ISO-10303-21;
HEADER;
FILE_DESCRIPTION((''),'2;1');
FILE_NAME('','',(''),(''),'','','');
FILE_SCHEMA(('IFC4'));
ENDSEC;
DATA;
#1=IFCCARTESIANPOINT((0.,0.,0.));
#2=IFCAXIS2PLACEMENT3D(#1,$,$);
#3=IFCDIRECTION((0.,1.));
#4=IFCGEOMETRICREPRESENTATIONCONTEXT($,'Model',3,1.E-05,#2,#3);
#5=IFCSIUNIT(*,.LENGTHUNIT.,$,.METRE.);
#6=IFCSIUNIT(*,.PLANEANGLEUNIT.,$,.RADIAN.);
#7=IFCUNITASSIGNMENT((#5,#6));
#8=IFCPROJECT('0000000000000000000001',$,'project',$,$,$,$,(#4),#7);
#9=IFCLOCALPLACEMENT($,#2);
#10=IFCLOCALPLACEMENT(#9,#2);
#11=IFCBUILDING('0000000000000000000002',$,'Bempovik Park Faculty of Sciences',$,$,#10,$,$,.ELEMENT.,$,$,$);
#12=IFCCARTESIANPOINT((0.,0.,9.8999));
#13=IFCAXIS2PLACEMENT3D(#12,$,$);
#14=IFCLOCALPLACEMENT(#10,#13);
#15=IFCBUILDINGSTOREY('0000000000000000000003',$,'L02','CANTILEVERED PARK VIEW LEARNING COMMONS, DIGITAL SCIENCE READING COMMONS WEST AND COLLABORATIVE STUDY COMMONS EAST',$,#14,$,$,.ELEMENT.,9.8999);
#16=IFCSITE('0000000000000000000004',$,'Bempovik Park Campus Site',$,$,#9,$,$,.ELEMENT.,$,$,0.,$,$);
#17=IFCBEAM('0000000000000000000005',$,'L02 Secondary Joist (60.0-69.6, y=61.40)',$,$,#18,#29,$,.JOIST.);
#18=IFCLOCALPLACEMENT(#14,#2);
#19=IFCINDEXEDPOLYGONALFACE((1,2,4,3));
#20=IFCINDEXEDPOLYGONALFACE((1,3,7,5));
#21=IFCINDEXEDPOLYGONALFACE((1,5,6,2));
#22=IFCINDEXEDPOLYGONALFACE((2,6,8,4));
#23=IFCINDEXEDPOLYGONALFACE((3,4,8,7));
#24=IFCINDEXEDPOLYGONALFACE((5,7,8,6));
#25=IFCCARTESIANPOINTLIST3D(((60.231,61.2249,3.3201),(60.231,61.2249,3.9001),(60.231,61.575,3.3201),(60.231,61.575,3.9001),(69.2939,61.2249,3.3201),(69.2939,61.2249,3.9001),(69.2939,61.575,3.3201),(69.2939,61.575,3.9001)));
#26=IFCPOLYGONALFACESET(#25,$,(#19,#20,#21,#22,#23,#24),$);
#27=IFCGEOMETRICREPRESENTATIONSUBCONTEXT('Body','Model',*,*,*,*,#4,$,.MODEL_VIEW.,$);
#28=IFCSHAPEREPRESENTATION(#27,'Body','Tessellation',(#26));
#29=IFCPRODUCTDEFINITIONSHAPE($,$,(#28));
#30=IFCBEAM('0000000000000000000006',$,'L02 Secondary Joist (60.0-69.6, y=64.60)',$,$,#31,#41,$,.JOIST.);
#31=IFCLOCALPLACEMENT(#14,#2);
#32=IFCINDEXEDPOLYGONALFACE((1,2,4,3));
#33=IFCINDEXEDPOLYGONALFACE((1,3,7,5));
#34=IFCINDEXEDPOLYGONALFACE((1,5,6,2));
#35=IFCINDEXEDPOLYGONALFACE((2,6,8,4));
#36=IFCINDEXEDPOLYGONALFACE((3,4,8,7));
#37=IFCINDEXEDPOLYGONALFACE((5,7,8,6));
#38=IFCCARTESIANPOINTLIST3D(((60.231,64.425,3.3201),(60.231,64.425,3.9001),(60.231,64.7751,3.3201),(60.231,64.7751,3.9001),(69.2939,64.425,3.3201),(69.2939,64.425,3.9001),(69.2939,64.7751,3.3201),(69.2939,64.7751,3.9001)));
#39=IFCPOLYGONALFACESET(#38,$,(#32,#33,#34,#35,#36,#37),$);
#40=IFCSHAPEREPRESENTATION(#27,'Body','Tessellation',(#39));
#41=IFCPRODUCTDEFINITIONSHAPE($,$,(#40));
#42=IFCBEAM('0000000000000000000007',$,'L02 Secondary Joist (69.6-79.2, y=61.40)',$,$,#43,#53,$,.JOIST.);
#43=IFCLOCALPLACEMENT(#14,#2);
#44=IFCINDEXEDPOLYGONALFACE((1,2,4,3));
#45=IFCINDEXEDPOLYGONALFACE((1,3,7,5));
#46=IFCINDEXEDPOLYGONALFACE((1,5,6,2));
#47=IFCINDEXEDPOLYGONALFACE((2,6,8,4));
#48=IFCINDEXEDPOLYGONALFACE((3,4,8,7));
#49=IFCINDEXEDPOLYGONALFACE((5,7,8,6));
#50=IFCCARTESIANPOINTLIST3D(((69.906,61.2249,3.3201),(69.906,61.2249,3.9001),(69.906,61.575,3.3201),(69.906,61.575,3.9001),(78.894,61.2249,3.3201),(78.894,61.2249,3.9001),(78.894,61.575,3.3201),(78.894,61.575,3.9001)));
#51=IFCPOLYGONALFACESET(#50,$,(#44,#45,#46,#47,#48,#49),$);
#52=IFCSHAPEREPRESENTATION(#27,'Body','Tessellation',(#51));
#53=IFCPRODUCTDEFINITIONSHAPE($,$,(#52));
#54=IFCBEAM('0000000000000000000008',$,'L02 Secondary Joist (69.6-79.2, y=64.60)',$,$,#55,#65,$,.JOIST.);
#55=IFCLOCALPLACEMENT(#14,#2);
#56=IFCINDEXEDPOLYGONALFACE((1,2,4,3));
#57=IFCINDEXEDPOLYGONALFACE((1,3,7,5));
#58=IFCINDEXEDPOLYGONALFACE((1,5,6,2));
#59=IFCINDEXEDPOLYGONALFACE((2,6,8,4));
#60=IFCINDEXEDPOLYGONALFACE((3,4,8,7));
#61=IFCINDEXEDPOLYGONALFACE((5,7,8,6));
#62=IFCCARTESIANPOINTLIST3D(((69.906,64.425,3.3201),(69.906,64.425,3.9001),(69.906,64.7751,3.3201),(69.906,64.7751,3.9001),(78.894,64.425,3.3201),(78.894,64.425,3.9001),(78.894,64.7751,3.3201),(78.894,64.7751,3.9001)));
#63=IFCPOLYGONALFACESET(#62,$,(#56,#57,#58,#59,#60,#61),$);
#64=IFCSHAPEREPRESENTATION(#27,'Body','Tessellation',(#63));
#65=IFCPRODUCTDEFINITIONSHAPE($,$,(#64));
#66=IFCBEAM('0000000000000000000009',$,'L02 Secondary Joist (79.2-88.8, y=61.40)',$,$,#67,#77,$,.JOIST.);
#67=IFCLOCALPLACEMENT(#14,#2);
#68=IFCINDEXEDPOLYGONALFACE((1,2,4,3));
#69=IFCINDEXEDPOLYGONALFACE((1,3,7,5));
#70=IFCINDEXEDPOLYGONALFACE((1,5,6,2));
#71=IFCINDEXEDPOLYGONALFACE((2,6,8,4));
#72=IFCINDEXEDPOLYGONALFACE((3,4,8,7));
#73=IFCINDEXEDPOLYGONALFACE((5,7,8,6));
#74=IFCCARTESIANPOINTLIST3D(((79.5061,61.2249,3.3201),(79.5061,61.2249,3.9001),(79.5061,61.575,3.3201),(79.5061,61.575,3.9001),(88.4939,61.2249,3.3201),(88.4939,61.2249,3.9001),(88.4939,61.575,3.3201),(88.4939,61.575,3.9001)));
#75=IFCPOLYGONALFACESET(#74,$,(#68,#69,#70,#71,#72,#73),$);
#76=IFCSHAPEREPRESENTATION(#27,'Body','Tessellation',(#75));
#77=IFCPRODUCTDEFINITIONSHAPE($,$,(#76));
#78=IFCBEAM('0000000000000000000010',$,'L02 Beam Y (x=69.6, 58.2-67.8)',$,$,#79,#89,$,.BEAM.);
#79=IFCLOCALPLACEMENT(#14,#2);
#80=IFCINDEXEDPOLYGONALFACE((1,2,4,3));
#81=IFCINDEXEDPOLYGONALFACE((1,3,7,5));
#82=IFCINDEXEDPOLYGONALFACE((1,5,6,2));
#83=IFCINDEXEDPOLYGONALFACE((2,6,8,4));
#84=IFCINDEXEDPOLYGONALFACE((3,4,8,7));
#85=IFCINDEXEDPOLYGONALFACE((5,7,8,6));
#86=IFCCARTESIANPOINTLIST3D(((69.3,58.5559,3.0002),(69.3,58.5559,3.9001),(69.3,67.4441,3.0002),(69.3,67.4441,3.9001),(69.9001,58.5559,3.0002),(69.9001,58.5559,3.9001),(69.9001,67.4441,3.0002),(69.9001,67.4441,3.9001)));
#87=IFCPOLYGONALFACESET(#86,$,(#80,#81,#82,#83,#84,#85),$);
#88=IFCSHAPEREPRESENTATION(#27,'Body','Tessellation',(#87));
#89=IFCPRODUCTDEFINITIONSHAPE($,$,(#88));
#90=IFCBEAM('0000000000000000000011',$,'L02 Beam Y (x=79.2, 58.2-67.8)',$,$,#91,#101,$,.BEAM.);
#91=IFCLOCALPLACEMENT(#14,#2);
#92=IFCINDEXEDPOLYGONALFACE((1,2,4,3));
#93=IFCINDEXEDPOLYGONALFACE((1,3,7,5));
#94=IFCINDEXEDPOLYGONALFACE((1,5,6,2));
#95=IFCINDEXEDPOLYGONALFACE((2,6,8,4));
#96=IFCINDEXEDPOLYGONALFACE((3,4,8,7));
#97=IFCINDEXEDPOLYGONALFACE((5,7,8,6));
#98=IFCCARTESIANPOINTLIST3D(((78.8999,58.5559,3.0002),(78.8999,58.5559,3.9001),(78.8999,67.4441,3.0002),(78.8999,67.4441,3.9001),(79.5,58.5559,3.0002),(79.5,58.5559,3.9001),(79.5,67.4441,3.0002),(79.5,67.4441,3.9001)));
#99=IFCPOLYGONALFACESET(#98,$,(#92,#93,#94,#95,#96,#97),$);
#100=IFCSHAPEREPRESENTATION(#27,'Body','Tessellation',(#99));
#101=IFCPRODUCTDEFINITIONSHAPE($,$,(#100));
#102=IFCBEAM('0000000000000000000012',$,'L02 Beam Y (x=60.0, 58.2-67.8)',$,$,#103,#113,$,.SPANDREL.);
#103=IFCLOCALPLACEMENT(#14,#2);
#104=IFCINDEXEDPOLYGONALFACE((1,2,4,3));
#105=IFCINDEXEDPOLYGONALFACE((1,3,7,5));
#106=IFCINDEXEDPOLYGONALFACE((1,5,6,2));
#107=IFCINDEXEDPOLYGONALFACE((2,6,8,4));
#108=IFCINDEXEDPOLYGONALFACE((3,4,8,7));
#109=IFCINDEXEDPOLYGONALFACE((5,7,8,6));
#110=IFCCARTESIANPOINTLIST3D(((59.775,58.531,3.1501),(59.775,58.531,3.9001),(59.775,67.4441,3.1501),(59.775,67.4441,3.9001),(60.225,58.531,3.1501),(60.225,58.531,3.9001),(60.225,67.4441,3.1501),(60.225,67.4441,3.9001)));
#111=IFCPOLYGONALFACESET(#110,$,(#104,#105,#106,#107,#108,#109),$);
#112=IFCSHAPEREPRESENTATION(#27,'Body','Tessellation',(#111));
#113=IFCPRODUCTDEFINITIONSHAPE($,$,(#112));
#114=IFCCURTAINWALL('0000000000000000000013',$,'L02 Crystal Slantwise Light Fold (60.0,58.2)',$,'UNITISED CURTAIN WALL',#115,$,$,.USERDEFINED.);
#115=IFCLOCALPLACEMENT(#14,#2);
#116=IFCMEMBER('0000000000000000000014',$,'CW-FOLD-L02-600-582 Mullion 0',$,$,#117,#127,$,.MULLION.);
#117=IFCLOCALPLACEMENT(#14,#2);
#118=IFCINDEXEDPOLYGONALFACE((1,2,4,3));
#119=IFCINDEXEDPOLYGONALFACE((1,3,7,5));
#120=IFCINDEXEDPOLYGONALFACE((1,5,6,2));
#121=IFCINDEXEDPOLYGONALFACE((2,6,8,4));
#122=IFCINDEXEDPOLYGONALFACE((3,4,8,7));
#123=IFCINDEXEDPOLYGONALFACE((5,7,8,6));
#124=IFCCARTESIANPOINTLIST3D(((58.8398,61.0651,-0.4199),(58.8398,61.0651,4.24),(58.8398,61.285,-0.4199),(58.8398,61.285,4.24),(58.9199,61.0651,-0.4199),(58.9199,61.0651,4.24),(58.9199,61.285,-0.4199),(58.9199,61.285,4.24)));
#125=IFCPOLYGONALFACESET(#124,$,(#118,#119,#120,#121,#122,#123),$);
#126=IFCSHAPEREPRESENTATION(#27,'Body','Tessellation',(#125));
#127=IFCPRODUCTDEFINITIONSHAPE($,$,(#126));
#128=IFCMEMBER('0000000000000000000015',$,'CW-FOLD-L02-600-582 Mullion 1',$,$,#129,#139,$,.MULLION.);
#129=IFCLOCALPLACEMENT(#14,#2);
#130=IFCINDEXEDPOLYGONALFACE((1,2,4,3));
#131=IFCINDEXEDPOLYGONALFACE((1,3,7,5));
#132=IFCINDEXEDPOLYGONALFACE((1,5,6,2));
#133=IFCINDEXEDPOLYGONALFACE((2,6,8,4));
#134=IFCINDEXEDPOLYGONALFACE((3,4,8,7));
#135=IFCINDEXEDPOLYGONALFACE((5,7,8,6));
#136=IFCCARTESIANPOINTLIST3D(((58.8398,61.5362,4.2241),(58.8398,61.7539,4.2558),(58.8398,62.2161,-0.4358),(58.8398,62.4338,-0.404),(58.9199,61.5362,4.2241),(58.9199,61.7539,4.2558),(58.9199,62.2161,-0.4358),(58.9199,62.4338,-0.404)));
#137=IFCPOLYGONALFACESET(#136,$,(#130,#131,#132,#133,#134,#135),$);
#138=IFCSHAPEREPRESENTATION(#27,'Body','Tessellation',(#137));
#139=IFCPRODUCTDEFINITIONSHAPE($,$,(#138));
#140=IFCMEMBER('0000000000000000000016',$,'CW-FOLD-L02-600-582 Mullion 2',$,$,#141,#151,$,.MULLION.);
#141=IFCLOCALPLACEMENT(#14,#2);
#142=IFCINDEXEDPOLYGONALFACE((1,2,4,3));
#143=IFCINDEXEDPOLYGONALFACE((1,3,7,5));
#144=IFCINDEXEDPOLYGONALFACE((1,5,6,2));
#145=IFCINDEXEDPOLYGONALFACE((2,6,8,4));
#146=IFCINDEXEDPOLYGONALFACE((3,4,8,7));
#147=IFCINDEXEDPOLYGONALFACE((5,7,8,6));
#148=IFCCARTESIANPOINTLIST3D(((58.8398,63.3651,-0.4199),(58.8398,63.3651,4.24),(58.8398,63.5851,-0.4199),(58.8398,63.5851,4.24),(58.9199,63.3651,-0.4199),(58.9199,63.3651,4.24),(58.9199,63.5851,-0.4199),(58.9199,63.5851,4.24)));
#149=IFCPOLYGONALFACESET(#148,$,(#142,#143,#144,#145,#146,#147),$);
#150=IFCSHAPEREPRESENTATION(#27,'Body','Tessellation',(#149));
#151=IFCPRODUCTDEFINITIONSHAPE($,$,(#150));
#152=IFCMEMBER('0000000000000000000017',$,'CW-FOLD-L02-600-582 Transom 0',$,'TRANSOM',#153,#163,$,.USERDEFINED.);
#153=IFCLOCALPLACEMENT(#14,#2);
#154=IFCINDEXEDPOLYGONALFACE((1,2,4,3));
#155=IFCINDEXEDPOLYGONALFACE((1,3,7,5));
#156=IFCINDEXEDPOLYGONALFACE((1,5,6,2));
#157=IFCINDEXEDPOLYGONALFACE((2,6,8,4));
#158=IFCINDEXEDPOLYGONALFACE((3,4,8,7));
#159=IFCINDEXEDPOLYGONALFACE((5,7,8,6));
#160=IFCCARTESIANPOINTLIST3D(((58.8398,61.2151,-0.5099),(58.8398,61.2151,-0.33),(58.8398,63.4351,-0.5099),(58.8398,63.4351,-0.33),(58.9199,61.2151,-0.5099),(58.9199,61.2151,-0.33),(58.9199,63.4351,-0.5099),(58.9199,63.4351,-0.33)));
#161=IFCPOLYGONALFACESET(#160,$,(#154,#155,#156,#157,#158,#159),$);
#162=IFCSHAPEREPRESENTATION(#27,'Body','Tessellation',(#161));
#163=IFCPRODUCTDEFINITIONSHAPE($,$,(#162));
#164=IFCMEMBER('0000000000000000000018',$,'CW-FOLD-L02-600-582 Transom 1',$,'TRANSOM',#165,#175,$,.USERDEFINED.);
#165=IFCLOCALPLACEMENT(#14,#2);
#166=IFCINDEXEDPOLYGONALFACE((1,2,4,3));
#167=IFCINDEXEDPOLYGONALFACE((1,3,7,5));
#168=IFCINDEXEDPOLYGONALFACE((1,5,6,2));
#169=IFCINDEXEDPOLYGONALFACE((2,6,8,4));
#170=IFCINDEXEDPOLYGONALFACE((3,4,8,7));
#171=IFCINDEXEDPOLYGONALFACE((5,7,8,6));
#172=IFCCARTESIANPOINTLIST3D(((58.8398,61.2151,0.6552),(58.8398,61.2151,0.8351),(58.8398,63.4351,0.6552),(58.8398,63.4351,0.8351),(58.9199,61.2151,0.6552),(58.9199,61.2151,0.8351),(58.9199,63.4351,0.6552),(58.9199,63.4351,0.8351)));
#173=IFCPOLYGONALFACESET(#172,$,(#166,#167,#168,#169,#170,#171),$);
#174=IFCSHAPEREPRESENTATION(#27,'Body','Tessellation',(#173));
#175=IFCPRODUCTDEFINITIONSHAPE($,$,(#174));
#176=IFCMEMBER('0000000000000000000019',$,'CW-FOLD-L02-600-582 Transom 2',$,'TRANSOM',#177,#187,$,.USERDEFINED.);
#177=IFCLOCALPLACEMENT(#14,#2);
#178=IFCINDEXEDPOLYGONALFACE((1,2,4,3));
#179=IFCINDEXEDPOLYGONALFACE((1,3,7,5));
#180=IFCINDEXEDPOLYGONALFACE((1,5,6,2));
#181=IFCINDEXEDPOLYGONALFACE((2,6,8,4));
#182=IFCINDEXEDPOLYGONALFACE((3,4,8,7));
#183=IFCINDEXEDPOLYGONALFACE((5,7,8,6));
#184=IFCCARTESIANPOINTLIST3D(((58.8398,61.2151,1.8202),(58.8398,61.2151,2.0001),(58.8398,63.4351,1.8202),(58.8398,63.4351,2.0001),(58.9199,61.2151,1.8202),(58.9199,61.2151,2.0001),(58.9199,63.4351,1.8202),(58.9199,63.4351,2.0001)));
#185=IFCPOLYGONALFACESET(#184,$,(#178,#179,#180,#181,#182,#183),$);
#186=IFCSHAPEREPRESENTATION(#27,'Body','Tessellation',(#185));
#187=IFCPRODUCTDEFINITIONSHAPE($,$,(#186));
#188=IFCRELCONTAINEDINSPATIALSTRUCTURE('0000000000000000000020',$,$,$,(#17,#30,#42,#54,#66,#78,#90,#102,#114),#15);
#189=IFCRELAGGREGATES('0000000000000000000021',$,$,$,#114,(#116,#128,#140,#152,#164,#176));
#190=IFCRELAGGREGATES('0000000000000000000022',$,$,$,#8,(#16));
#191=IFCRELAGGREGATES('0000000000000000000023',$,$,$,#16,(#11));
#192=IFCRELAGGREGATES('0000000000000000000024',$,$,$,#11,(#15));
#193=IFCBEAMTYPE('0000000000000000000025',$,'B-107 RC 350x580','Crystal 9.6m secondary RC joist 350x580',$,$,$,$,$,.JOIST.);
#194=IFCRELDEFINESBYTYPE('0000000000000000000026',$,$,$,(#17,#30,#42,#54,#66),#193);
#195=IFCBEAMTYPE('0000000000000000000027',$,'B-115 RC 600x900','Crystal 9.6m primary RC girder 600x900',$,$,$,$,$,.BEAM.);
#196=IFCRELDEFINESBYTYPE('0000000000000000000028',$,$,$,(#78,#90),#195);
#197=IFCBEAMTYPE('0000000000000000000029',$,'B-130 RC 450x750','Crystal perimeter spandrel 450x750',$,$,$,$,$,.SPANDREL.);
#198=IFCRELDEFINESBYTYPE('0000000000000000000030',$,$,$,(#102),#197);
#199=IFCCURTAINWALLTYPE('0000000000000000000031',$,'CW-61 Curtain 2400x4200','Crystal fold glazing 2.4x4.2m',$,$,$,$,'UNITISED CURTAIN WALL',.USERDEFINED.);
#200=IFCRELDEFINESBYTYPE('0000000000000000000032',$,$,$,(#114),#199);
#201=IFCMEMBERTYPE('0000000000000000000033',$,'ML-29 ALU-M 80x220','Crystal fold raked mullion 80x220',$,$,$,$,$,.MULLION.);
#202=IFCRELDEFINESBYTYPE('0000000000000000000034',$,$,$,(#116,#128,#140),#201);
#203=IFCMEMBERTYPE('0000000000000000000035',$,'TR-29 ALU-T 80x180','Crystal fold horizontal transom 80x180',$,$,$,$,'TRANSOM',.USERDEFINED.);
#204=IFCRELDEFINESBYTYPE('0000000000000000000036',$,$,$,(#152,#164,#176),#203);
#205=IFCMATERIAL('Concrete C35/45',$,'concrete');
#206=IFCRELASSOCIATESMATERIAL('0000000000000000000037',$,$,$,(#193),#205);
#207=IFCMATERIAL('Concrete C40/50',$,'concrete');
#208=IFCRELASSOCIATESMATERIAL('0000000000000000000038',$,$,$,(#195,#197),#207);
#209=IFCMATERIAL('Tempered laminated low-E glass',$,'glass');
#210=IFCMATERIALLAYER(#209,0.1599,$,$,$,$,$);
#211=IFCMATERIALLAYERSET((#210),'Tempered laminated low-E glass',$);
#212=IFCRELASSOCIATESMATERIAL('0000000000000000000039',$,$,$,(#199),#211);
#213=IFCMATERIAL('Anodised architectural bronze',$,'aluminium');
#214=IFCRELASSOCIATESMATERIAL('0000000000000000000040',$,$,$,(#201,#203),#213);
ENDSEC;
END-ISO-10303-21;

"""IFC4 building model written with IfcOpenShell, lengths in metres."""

from ifc_helpers import new_model, si_unit, direction, frame, origin, origin_2d, place, context, subcontext, project, spatial, rectangle, extrude, material, layer, layer_set, material_profile, profile_set, type_object, element, aggregate, save


model = new_model("IFC4")

# Units and contexts
model_context = context("Model", 3, precision=1e-05, world=origin(), true_north=direction((0.0, 1.0)))
body_context = subcontext(model_context, "Body", "Model", "MODEL_VIEW")
ifc_project = project(units=[si_unit("LENGTHUNIT", "METRE"), si_unit("PLANEANGLEUNIT", "RADIAN")], contexts=[model_context])

# Site, building, storey
site_placement = place(None, origin())
site = spatial("IfcSite", under=ifc_project, at=site_placement, Name="Bempovik Park Campus Site", CompositionType="ELEMENT", RefElevation=0.0)
building_placement = place(site_placement, origin())
building = spatial("IfcBuilding", under=site, at=building_placement, Name="Bempovik Park Faculty of Sciences", CompositionType="ELEMENT")
storey_placement = place(building_placement, frame((0.0, 0.0, 9.8999)))
storey = spatial("IfcBuildingStorey", under=building, at=storey_placement, Name="L02", Description="CANTILEVERED PARK VIEW LEARNING COMMONS, DIGITAL SCIENCE READING COMMONS WEST AND COLLABORATIVE STUDY COMMONS EAST", CompositionType="ELEMENT", Elevation=9.8999)

# Beams
ifc_material_1 = material(Name="Concrete C35/45", Category="concrete")
ifc_material_profile_1 = material_profile(ifc_material_1, rectangle(XDim=0.3501, YDim=0.5801, at=origin_2d()), Name="RC 350x580")
ifc_profile_set_1 = profile_set([ifc_material_profile_1], Name="Concrete C35/45")
beam_type_1 = type_object("IfcBeamType", Name="B-107 RC 350x580", Description="Crystal 9.6m secondary RC joist 350x580", PredefinedType="JOIST", material=ifc_profile_set_1)
for number, where, z_axis, x_axis, name in (
    (1, (60.231, 61.3999, 3.6101), (1.0, 0.0, 0.0), (0.0, 1.0, 0.0), "L02 Secondary Joist (60.0-69.6, y=61.40)"),
    (2, (60.231, 64.6001, 3.6101), (1.0, 0.0, 0.0), (0.0, 1.0, 0.0), "L02 Secondary Joist (60.0-69.6, y=64.60)"),
):
    element("IfcBeam", number, at=place(storey_placement, frame(where, z_axis=z_axis, x_axis=x_axis)), inside=storey, type_object=beam_type_1, Name=name, PredefinedType="JOIST", context=body_context, shape_type="SweptSolid", body=[
        extrude(rectangle(XDim=0.3501, YDim=0.5801, at=origin_2d()), origin(), (0.0, 0.0, 1.0), 9.063),
    ])
for number, where, z_axis, x_axis, name in (
    (3, (69.906, 61.3999, 3.6101), (1.0, 0.0, 0.0), (0.0, 1.0, 0.0), "L02 Secondary Joist (69.6-79.2, y=61.40)"),
    (4, (69.906, 64.6001, 3.6101), (1.0, 0.0, 0.0), (0.0, 1.0, 0.0), "L02 Secondary Joist (69.6-79.2, y=64.60)"),
):
    element("IfcBeam", number, at=place(storey_placement, frame(where, z_axis=z_axis, x_axis=x_axis)), inside=storey, type_object=beam_type_1, Name=name, PredefinedType="JOIST", context=body_context, shape_type="SweptSolid", body=[
        extrude(rectangle(XDim=0.3501, YDim=0.5801, at=origin_2d()), origin(), (0.0, 0.0, 1.0), 8.988),
    ])
beam_1_placement = place(storey_placement, frame((79.5061, 61.3999, 3.6101), z_axis=(1.0, 0.0, 0.0), x_axis=(0.0, 1.0, 0.0)))
element("IfcBeam", 5, at=beam_1_placement, inside=storey, type_object=beam_type_1, Name="L02 Secondary Joist (79.2-88.8, y=61.40)", PredefinedType="JOIST", context=body_context, shape_type="SweptSolid", body=[
    extrude(rectangle(XDim=0.3501, YDim=0.5801, at=origin_2d()), origin(), (0.0, 0.0, 1.0), 8.9878),
])
ifc_material_2 = material(Name="Concrete C40/50", Category="concrete")
ifc_material_profile_2 = material_profile(ifc_material_2, rectangle(XDim=0.6001, YDim=0.8999, at=origin_2d()), Name="RC 600x900")
ifc_profile_set_2 = profile_set([ifc_material_profile_2], Name="Concrete C40/50")
beam_type_2 = type_object("IfcBeamType", Name="B-115 RC 600x900", Description="Crystal 9.6m primary RC girder 600x900", PredefinedType="BEAM", material=ifc_profile_set_2)
for number, where, z_axis, x_axis, name in (
    (6, (69.6001, 58.5559, 3.4502), (0.0, 1.0, 0.0), (-1.0, 0.0, 0.0), "L02 Beam Y (x=69.6, 58.2-67.8)"),
    (7, (79.2, 58.5559, 3.4502), (0.0, 1.0, 0.0), (-1.0, 0.0, 0.0), "L02 Beam Y (x=79.2, 58.2-67.8)"),
):
    element("IfcBeam", number, at=place(storey_placement, frame(where, z_axis=z_axis, x_axis=x_axis)), inside=storey, type_object=beam_type_2, Name=name, PredefinedType="BEAM", context=body_context, shape_type="SweptSolid", body=[
        extrude(rectangle(XDim=0.6001, YDim=0.8999, at=origin_2d()), origin(), (0.0, 0.0, 1.0), 8.8882),
    ])
ifc_material_profile_3 = material_profile(ifc_material_2, rectangle(XDim=0.45, YDim=0.75, at=origin_2d()), Name="RC 450x750")
ifc_profile_set_3 = profile_set([ifc_material_profile_3], Name="Concrete C40/50")
beam_type_3 = type_object("IfcBeamType", Name="B-130 RC 450x750", Description="Crystal perimeter spandrel 450x750", PredefinedType="SPANDREL", material=ifc_profile_set_3)
beam_2_placement = place(storey_placement, frame((60.0, 58.531, 3.5251), z_axis=(0.0, 1.0, 0.0), x_axis=(-1.0, 0.0, 0.0)))
element("IfcBeam", 8, at=beam_2_placement, inside=storey, type_object=beam_type_3, Name="L02 Beam Y (x=60.0, 58.2-67.8)", PredefinedType="SPANDREL", context=body_context, shape_type="SweptSolid", body=[
    extrude(rectangle(XDim=0.45, YDim=0.75, at=origin_2d()), origin(), (0.0, 0.0, 1.0), 8.9131),
])

# Curtain wall, members
ifc_material_3 = material(Name="Tempered laminated low-E glass", Category="glass")
ifc_layer_1 = layer(ifc_material_3, 0.1599)
ifc_layer_set_1 = layer_set([ifc_layer_1], Name="Tempered laminated low-E glass")
curtain_wall_type = type_object("IfcCurtainWallType", Name="CW-61 Curtain 2400x4200", Description="Crystal fold glazing 2.4x4.2m", ElementType="UNITISED CURTAIN WALL", PredefinedType="USERDEFINED", material=ifc_layer_set_1)
curtain_wall_placement = place(storey_placement, origin())
curtain_wall = element("IfcCurtainWall", 9, at=curtain_wall_placement, inside=storey, type_object=curtain_wall_type, Name="L02 Crystal Slantwise Light Fold (60.0,58.2)", ObjectType="UNITISED CURTAIN WALL", PredefinedType="USERDEFINED")
ifc_material_4 = material(Name="Anodised architectural bronze", Category="aluminium")
ifc_material_profile_4 = material_profile(ifc_material_4, rectangle(XDim=0.0801, YDim=0.22, at=origin_2d()), Name="ALU-M 80x220")
ifc_profile_set_4 = profile_set([ifc_material_profile_4], Name="Anodised architectural bronze")
member_type_1 = type_object("IfcMemberType", Name="ML-29 ALU-M 80x220", Description="Crystal fold raked mullion 80x220", PredefinedType="MULLION", material=ifc_profile_set_4)
member_1_placement = place(storey_placement, frame((58.8799, 61.175, -0.4199), z_axis=(0.0, 0.0, 1.0), x_axis=(1.0, 0.0, 0.0)))
member_1 = element("IfcMember", 10, at=member_1_placement, type_object=member_type_1, Name="CW-FOLD-L02-600-582 Mullion 0", PredefinedType="MULLION", context=body_context, shape_type="SweptSolid", body=[
    extrude(rectangle(XDim=0.0801, YDim=0.22, at=origin_2d()), origin(), (0.0, 0.0, 1.0), 4.6599),
])
member_2_placement = place(storey_placement, frame((58.8799, 62.325, -0.4199), z_axis=(0.0, -0.144382, 0.989522), x_axis=(1.0, 0.0, 0.0)))
member_2 = element("IfcMember", 11, at=member_2_placement, type_object=member_type_1, Name="CW-FOLD-L02-600-582 Mullion 1", PredefinedType="MULLION", context=body_context, shape_type="SweptSolid", body=[
    extrude(rectangle(XDim=0.0801, YDim=0.22, at=origin_2d()), origin(), (0.0, 0.0, 1.0), 4.7092),
])
member_3_placement = place(storey_placement, frame((58.8799, 63.4751, -0.4199), z_axis=(0.0, 0.0, 1.0), x_axis=(1.0, 0.0, 0.0)))
member_3 = element("IfcMember", 12, at=member_3_placement, type_object=member_type_1, Name="CW-FOLD-L02-600-582 Mullion 2", PredefinedType="MULLION", context=body_context, shape_type="SweptSolid", body=[
    extrude(rectangle(XDim=0.0801, YDim=0.22, at=origin_2d()), origin(), (0.0, 0.0, 1.0), 4.6599),
])
ifc_material_profile_5 = material_profile(ifc_material_4, rectangle(XDim=0.0801, YDim=0.1799, at=origin_2d()), Name="ALU-T 80x180")
ifc_profile_set_5 = profile_set([ifc_material_profile_5], Name="Anodised architectural bronze")
member_type_2 = type_object("IfcMemberType", Name="TR-29 ALU-T 80x180", Description="Crystal fold horizontal transom 80x180", ElementType="TRANSOM", PredefinedType="USERDEFINED", material=ifc_profile_set_5)
member_4_placement = place(storey_placement, frame((58.8799, 61.2151, -0.4199), z_axis=(0.0, 1.0, 0.0), x_axis=(-1.0, 0.0, 0.0)))
member_4 = element("IfcMember", 13, at=member_4_placement, type_object=member_type_2, Name="CW-FOLD-L02-600-582 Transom 0", ObjectType="TRANSOM", PredefinedType="USERDEFINED", context=body_context, shape_type="SweptSolid", body=[
    extrude(rectangle(XDim=0.0801, YDim=0.1799, at=origin_2d()), origin(), (0.0, 0.0, 1.0), 2.22),
])
member_5_placement = place(storey_placement, frame((58.8799, 61.2151, 0.7451), z_axis=(0.0, 1.0, 0.0), x_axis=(-1.0, 0.0, 0.0)))
member_5 = element("IfcMember", 14, at=member_5_placement, type_object=member_type_2, Name="CW-FOLD-L02-600-582 Transom 1", ObjectType="TRANSOM", PredefinedType="USERDEFINED", context=body_context, shape_type="SweptSolid", body=[
    extrude(rectangle(XDim=0.0801, YDim=0.1799, at=origin_2d()), origin(), (0.0, 0.0, 1.0), 2.22),
])
member_6_placement = place(storey_placement, frame((58.8799, 61.2151, 1.9102), z_axis=(0.0, 1.0, 0.0), x_axis=(-1.0, 0.0, 0.0)))
member_6 = element("IfcMember", 15, at=member_6_placement, type_object=member_type_2, Name="CW-FOLD-L02-600-582 Transom 2", ObjectType="TRANSOM", PredefinedType="USERDEFINED", context=body_context, shape_type="SweptSolid", body=[
    extrude(rectangle(XDim=0.0801, YDim=0.1799, at=origin_2d()), origin(), (0.0, 0.0, 1.0), 2.22),
])
aggregate(curtain_wall, [member_1, member_2, member_3, member_4, member_5, member_6])

save(model, "model.ifc")
